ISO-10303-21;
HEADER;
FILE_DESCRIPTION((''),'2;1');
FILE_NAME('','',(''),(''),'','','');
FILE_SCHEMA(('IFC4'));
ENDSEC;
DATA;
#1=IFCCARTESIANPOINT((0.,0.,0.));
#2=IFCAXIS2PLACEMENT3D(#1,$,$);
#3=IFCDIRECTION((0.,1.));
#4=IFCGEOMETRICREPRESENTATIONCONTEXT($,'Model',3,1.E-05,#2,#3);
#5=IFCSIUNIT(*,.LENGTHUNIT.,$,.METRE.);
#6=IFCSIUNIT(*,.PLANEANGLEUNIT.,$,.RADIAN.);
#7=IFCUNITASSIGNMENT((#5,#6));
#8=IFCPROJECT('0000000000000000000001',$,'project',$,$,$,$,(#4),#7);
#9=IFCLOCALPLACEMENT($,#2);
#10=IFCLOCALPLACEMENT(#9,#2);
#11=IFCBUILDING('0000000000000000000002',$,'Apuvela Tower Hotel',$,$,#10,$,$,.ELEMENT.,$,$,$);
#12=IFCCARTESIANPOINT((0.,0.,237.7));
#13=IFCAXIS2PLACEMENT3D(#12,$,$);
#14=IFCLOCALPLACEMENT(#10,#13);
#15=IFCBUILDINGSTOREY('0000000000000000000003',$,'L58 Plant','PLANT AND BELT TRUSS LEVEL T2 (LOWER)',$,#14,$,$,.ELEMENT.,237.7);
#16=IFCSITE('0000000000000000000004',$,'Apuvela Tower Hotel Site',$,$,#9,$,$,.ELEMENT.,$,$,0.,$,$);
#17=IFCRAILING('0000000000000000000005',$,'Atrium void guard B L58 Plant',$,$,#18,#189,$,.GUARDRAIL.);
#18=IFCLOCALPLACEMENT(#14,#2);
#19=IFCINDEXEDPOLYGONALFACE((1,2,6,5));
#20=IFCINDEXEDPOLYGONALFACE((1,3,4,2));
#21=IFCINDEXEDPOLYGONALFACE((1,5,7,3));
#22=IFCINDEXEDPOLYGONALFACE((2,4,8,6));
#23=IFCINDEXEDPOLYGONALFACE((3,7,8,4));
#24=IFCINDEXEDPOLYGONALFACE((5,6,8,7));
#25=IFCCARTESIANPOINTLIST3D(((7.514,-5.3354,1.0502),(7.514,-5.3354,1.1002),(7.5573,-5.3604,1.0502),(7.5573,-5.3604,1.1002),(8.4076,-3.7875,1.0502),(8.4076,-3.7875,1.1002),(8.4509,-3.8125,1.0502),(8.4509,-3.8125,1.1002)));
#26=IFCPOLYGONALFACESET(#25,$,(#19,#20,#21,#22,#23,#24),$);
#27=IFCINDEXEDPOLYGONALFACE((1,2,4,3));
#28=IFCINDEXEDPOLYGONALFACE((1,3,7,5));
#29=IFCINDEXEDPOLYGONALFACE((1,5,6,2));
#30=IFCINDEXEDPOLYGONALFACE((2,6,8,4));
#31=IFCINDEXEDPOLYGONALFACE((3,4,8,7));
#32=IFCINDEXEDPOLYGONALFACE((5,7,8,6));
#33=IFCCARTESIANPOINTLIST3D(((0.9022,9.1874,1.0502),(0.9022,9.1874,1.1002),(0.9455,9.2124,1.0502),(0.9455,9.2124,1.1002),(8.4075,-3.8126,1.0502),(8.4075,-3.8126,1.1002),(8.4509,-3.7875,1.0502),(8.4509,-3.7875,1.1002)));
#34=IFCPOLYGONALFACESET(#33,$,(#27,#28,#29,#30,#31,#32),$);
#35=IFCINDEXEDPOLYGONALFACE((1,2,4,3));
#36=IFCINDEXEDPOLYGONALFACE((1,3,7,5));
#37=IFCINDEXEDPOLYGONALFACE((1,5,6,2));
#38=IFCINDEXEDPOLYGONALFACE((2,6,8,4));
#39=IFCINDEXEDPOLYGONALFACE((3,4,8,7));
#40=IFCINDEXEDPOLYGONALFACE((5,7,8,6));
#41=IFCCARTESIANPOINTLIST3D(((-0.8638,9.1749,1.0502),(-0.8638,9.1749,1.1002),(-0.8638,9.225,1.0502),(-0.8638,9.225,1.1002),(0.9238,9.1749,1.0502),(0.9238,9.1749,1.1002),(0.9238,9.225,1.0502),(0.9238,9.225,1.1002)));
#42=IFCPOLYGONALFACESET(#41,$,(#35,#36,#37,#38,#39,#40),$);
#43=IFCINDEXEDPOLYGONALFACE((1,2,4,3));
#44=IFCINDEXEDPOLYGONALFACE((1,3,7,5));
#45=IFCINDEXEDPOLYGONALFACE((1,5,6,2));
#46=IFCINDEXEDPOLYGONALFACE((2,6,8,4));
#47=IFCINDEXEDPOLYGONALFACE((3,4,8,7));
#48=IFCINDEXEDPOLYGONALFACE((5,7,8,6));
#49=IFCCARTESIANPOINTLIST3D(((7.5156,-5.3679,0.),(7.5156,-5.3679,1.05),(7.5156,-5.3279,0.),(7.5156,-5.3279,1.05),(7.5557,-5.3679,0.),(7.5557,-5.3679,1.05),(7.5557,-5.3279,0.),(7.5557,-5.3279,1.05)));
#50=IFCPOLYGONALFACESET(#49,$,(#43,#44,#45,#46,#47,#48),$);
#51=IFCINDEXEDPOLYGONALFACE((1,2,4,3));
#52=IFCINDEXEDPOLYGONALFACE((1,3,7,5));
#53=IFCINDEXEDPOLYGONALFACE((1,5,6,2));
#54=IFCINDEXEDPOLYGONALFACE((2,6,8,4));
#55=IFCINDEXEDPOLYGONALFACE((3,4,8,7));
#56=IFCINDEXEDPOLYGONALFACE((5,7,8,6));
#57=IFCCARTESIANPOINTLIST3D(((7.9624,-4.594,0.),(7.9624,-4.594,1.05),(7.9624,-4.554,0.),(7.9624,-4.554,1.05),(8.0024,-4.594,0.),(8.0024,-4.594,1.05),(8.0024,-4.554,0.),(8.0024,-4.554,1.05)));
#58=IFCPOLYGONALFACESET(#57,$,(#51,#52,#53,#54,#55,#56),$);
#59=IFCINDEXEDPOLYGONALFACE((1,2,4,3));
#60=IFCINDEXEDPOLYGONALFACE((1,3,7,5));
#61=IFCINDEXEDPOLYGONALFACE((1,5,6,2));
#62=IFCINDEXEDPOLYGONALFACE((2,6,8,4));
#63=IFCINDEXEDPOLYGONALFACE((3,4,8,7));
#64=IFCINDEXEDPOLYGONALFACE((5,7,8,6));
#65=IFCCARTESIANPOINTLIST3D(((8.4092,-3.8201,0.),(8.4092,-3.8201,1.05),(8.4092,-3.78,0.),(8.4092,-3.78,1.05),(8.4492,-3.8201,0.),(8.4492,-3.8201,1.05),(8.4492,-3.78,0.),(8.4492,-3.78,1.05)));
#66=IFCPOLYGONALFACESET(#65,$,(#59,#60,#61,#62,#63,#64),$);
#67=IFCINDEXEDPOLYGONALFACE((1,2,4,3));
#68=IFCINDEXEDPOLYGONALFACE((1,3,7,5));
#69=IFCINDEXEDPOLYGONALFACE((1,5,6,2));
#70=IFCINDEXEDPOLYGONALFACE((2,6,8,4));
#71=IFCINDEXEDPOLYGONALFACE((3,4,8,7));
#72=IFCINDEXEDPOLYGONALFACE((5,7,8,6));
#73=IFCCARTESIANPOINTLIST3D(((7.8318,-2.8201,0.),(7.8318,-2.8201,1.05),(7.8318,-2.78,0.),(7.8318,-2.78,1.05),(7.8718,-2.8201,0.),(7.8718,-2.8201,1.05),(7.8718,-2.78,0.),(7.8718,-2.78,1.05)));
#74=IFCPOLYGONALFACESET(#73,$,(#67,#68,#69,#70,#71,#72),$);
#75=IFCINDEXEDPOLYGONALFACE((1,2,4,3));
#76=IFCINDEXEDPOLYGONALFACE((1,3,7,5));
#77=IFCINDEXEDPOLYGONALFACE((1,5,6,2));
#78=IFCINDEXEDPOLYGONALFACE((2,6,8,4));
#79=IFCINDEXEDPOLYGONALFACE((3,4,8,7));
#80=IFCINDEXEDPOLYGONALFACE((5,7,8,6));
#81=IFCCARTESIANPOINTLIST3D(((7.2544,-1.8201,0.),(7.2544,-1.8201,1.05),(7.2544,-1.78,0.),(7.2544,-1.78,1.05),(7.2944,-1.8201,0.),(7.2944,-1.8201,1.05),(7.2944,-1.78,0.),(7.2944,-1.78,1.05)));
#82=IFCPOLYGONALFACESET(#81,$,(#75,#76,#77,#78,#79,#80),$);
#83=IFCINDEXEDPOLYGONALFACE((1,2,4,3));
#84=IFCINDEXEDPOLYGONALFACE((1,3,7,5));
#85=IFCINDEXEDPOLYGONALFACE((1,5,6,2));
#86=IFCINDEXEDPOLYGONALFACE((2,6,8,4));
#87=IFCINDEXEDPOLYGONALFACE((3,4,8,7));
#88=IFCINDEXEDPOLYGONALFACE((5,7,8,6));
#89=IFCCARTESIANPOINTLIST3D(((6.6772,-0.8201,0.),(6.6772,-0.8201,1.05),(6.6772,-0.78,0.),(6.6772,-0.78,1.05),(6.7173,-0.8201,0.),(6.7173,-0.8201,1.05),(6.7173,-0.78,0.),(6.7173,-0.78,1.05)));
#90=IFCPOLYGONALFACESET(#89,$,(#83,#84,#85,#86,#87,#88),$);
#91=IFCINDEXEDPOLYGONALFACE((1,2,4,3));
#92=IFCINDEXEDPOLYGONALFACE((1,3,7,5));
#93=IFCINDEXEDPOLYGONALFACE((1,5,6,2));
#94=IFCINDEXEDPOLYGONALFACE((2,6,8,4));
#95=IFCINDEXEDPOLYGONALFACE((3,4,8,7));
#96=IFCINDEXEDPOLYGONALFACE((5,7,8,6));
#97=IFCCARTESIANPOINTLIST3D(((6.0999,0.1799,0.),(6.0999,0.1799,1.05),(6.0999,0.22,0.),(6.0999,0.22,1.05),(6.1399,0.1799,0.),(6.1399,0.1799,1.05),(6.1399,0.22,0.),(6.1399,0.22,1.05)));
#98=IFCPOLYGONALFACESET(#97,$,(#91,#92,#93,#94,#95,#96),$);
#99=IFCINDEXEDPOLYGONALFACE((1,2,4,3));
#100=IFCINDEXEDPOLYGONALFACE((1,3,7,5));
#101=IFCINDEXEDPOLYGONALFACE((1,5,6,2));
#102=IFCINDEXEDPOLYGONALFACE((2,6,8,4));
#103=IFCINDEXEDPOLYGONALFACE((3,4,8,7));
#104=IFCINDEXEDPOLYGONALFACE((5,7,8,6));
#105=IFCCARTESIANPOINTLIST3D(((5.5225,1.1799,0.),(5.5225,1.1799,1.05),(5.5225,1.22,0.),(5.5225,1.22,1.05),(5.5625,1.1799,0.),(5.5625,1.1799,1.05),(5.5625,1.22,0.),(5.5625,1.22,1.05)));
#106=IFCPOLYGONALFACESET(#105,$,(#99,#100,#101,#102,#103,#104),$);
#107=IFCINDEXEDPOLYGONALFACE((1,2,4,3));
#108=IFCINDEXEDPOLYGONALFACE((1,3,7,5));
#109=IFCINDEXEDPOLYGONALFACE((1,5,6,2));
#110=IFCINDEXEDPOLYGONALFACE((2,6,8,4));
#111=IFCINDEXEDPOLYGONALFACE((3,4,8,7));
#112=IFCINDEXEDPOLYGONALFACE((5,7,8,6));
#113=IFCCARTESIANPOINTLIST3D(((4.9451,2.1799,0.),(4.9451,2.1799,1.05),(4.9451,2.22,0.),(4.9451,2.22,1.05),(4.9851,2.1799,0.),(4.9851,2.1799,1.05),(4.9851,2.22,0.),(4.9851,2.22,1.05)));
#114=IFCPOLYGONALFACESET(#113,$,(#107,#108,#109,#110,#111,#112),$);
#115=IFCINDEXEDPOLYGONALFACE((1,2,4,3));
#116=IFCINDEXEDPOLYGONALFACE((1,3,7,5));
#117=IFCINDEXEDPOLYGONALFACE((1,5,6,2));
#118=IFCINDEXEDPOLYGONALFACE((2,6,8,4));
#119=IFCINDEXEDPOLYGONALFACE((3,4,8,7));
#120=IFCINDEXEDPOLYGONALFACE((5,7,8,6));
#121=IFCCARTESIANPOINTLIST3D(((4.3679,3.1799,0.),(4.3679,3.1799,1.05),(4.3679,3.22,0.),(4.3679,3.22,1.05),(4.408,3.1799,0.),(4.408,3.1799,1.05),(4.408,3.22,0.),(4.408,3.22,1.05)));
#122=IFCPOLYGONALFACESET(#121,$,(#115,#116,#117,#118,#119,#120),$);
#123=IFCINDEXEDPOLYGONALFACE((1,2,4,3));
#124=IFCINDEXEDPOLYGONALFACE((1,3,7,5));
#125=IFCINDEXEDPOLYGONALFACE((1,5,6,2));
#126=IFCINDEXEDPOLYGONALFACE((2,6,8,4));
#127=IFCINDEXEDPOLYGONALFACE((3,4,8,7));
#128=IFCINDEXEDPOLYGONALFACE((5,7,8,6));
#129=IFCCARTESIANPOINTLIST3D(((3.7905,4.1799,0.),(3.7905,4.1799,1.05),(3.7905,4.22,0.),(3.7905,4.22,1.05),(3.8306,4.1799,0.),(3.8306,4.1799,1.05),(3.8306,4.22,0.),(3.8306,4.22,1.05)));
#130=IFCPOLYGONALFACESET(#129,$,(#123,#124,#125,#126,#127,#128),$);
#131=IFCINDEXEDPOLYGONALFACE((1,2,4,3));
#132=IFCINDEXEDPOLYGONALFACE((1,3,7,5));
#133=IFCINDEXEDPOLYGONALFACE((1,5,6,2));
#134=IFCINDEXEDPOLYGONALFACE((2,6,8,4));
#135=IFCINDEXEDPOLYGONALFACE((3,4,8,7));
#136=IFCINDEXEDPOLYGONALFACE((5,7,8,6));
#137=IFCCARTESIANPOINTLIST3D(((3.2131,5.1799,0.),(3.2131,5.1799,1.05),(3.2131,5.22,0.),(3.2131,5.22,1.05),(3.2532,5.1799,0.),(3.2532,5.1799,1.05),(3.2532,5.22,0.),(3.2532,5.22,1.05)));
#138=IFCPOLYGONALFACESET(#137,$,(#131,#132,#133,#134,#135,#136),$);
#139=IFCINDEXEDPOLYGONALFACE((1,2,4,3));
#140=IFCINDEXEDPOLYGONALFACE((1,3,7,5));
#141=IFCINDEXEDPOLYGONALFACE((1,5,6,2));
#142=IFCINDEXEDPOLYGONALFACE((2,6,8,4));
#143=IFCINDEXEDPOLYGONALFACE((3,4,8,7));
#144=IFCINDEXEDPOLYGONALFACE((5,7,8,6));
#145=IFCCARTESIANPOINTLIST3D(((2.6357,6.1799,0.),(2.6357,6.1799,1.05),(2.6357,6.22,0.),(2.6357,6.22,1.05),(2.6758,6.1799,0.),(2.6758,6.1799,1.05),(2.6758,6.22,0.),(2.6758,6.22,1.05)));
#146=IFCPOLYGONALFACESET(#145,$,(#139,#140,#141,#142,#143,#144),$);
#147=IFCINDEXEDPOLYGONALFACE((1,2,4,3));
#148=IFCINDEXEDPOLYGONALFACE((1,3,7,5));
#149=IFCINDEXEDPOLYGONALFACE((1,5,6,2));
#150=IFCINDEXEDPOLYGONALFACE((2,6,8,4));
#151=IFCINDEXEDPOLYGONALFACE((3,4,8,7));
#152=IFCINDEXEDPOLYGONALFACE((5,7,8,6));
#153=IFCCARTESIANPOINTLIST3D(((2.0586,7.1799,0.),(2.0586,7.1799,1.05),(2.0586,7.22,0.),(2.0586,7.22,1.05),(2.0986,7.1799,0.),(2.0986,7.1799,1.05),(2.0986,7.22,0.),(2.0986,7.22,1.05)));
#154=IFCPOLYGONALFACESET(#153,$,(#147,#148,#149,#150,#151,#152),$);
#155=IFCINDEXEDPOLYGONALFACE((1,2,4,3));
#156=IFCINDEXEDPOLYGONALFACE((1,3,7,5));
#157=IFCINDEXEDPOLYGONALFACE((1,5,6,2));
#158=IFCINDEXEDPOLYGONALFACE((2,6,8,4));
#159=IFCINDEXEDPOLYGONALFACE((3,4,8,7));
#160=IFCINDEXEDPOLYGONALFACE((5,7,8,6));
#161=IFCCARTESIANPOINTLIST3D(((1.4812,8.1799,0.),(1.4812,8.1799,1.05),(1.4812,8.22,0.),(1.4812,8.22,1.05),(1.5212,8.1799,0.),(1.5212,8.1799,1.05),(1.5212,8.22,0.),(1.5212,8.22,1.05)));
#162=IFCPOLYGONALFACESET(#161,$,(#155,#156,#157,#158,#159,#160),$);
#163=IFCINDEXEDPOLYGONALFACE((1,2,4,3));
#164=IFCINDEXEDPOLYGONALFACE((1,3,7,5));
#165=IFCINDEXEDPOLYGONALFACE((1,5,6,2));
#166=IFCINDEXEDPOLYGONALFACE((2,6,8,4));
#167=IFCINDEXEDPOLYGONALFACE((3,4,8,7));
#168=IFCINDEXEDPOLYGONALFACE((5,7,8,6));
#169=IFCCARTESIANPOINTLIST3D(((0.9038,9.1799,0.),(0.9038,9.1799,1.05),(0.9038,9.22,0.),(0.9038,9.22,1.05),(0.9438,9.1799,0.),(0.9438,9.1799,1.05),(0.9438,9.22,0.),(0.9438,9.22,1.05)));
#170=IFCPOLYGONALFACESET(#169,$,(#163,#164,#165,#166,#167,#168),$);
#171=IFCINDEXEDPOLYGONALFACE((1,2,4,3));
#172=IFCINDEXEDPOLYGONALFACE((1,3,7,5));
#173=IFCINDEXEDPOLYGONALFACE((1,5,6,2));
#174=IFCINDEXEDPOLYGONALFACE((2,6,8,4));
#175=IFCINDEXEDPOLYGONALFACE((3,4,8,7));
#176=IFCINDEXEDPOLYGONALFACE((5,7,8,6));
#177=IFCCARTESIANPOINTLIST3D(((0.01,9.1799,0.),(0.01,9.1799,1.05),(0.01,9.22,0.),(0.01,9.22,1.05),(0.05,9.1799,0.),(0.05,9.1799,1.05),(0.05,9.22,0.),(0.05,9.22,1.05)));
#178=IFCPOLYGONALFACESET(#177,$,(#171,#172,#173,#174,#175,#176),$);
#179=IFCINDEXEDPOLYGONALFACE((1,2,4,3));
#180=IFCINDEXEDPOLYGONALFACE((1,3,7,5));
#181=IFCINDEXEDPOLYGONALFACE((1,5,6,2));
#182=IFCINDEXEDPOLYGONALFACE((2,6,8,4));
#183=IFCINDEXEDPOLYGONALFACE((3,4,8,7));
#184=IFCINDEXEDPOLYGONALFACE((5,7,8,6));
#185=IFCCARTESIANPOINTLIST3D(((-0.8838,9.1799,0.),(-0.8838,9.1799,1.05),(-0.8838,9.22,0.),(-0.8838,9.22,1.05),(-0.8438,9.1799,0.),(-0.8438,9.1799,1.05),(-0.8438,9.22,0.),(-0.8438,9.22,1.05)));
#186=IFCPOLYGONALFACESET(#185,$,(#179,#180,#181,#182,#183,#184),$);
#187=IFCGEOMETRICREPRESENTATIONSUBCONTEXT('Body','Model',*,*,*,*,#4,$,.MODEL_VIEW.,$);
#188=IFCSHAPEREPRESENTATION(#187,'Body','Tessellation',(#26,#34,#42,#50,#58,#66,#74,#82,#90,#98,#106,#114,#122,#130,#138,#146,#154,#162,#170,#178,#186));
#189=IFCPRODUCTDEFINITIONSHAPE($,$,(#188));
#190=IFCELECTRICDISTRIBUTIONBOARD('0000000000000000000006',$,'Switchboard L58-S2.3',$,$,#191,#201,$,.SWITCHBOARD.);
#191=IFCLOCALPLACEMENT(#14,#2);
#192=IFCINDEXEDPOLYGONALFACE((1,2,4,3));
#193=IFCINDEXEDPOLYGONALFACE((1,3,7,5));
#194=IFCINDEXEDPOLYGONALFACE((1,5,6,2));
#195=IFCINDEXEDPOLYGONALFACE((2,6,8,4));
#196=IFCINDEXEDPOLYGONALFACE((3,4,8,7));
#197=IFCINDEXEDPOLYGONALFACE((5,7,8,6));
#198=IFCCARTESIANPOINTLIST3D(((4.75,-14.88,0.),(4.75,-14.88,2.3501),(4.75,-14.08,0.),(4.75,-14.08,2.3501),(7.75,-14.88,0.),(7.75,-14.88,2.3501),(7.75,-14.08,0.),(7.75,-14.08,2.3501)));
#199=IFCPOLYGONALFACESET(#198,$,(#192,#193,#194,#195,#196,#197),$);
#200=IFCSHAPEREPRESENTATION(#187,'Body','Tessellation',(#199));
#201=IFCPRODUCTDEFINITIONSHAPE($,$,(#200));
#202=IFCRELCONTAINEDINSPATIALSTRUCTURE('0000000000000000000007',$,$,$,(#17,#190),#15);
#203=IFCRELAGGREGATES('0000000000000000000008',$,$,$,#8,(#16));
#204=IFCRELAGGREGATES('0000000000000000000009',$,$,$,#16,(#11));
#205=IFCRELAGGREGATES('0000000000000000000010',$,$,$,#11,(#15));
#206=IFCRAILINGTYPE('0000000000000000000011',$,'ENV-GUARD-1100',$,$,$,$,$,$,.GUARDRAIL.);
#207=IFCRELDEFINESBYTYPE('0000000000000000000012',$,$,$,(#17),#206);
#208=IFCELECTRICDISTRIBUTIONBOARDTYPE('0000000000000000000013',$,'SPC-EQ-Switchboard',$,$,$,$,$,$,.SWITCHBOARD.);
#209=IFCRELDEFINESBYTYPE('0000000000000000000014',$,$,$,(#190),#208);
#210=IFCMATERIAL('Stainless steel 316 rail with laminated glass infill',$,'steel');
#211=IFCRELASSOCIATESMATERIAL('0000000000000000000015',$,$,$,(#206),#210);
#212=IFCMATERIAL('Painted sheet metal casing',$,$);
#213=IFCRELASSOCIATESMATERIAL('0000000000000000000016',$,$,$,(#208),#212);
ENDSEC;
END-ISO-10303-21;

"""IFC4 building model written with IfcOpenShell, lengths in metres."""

from ifc_helpers import new_model, si_unit, direction, frame, origin, origin_2d, place, context, subcontext, project, spatial, rectangle, extrude, material, type_object, element, save


model = new_model("IFC4")

# Units and contexts
model_context = context("Model", 3, precision=1e-05, world=origin(), true_north=direction((0.0, 1.0)))
body_context = subcontext(model_context, "Body", "Model", "MODEL_VIEW")
ifc_project = project(units=[si_unit("LENGTHUNIT", "METRE"), si_unit("PLANEANGLEUNIT", "RADIAN")], contexts=[model_context])

# Site, building, storey
site_placement = place(None, origin())
site = spatial("IfcSite", under=ifc_project, at=site_placement, Name="Apuvela Tower Hotel Site", CompositionType="ELEMENT", RefElevation=0.0)
building_placement = place(site_placement, origin())
building = spatial("IfcBuilding", under=site, at=building_placement, Name="Apuvela Tower Hotel", CompositionType="ELEMENT")
storey_placement = place(building_placement, frame((0.0, 0.0, 237.7)))
storey = spatial("IfcBuildingStorey", under=building, at=storey_placement, Name="L58 Plant", Description="PLANT AND BELT TRUSS LEVEL T2 (LOWER)", CompositionType="ELEMENT", Elevation=237.7)

# Railing
ifc_material_1 = material(Name="Stainless steel 316 rail with laminated glass infill", Category="steel")
railing_type_1 = type_object("IfcRailingType", Name="ENV-GUARD-1100", PredefinedType="GUARDRAIL", material=ifc_material_1)
railing_1_placement = place(storey_placement, frame((7.5356, -5.3479, 0.0)))
element("IfcRailing", 1, at=railing_1_placement, inside=storey, type_object=railing_type_1, Name="Atrium void guard B L58 Plant", PredefinedType="GUARDRAIL", context=body_context, shape_type="SweptSolid", body=[
    extrude(rectangle(XDim=0.05, YDim=0.05, at=origin_2d()), frame((0.0, 0.0, 1.0752), z_axis=(0.499959, 0.866049, 0.0), x_axis=(-0.866049, 0.499959, 0.0)), (0.0, 0.0, 1.0), 1.7874),
    extrude(rectangle(XDim=0.05, YDim=0.05, at=origin_2d()), frame((0.8936, 1.5479, 1.0752), z_axis=(-0.499991, 0.866031, 0.0), x_axis=(-0.866031, -0.499991, 0.0)), (0.0, 0.0, 1.0), 15.011),
    extrude(rectangle(XDim=0.05, YDim=0.05, at=origin_2d()), frame((-6.6118, 14.5479, 1.0752), z_axis=(-1.0, 0.0, 0.0), x_axis=(0.0, -1.0, 0.0)), (0.0, 0.0, 1.0), 1.7876),
    extrude(rectangle(XDim=0.04, YDim=0.04, at=origin_2d()), origin(), (0.0, 0.0, 1.0), 1.05),
    extrude(rectangle(XDim=0.04, YDim=0.04, at=origin_2d()), frame((0.4468, 0.7739, 0.0)), (0.0, 0.0, 1.0), 1.05),
    extrude(rectangle(XDim=0.04, YDim=0.04, at=origin_2d()), frame((0.8936, 1.5479, 0.0)), (0.0, 0.0, 1.0), 1.05),
    extrude(rectangle(XDim=0.04, YDim=0.04, at=origin_2d()), frame((0.3162, 2.5479, 0.0)), (0.0, 0.0, 1.0), 1.05),
    extrude(rectangle(XDim=0.04, YDim=0.04, at=origin_2d()), frame((-0.2612, 3.5479, 0.0)), (0.0, 0.0, 1.0), 1.05),
    extrude(rectangle(XDim=0.04, YDim=0.04, at=origin_2d()), frame((-0.8384, 4.5479, 0.0)), (0.0, 0.0, 1.0), 1.05),
    extrude(rectangle(XDim=0.04, YDim=0.04, at=origin_2d()), frame((-1.4158, 5.5479, 0.0)), (0.0, 0.0, 1.0), 1.05),
    extrude(rectangle(XDim=0.04, YDim=0.04, at=origin_2d()), frame((-1.9932, 6.5479, 0.0)), (0.0, 0.0, 1.0), 1.05),
    extrude(rectangle(XDim=0.04, YDim=0.04, at=origin_2d()), frame((-2.5706, 7.5479, 0.0)), (0.0, 0.0, 1.0), 1.05),
    extrude(rectangle(XDim=0.04, YDim=0.04, at=origin_2d()), frame((-3.1477, 8.5479, 0.0)), (0.0, 0.0, 1.0), 1.05),
    extrude(rectangle(XDim=0.04, YDim=0.04, at=origin_2d()), frame((-3.7251, 9.5479, 0.0)), (0.0, 0.0, 1.0), 1.05),
    extrude(rectangle(XDim=0.04, YDim=0.04, at=origin_2d()), frame((-4.3025, 10.5479, 0.0)), (0.0, 0.0, 1.0), 1.05),
    extrude(rectangle(XDim=0.04, YDim=0.04, at=origin_2d()), frame((-4.8799, 11.5479, 0.0)), (0.0, 0.0, 1.0), 1.05),
    extrude(rectangle(XDim=0.04, YDim=0.04, at=origin_2d()), frame((-5.457, 12.5479, 0.0)), (0.0, 0.0, 1.0), 1.05),
    extrude(rectangle(XDim=0.04, YDim=0.04, at=origin_2d()), frame((-6.0344, 13.5479, 0.0)), (0.0, 0.0, 1.0), 1.05),
    extrude(rectangle(XDim=0.04, YDim=0.04, at=origin_2d()), frame((-6.6118, 14.5479, 0.0)), (0.0, 0.0, 1.0), 1.05),
    extrude(rectangle(XDim=0.04, YDim=0.04, at=origin_2d()), frame((-7.5056, 14.5479, 0.0)), (0.0, 0.0, 1.0), 1.05),
    extrude(rectangle(XDim=0.04, YDim=0.04, at=origin_2d()), frame((-8.3994, 14.5479, 0.0)), (0.0, 0.0, 1.0), 1.05),
])

# Electric distribution board
ifc_material_2 = material(Name="Painted sheet metal casing")
electric_distribution_board_type = type_object("IfcElectricDistributionBoardType", Name="SPC-EQ-Switchboard", PredefinedType="SWITCHBOARD", material=ifc_material_2)
electric_distribution_board_placement = place(storey_placement, frame((6.25, -14.48, 0.0), z_axis=(0.0, 0.0, 1.0), x_axis=(1.0, 0.0, 0.0)))
element("IfcElectricDistributionBoard", 2, at=electric_distribution_board_placement, inside=storey, type_object=electric_distribution_board_type, Name="Switchboard L58-S2.3", PredefinedType="SWITCHBOARD", context=body_context, shape_type="SweptSolid", body=[
    extrude(rectangle(XDim=3.0, YDim=0.8, at=origin_2d()), origin(), (0.0, 0.0, 1.0), 2.3501),
])

save(model, "model.ifc")
